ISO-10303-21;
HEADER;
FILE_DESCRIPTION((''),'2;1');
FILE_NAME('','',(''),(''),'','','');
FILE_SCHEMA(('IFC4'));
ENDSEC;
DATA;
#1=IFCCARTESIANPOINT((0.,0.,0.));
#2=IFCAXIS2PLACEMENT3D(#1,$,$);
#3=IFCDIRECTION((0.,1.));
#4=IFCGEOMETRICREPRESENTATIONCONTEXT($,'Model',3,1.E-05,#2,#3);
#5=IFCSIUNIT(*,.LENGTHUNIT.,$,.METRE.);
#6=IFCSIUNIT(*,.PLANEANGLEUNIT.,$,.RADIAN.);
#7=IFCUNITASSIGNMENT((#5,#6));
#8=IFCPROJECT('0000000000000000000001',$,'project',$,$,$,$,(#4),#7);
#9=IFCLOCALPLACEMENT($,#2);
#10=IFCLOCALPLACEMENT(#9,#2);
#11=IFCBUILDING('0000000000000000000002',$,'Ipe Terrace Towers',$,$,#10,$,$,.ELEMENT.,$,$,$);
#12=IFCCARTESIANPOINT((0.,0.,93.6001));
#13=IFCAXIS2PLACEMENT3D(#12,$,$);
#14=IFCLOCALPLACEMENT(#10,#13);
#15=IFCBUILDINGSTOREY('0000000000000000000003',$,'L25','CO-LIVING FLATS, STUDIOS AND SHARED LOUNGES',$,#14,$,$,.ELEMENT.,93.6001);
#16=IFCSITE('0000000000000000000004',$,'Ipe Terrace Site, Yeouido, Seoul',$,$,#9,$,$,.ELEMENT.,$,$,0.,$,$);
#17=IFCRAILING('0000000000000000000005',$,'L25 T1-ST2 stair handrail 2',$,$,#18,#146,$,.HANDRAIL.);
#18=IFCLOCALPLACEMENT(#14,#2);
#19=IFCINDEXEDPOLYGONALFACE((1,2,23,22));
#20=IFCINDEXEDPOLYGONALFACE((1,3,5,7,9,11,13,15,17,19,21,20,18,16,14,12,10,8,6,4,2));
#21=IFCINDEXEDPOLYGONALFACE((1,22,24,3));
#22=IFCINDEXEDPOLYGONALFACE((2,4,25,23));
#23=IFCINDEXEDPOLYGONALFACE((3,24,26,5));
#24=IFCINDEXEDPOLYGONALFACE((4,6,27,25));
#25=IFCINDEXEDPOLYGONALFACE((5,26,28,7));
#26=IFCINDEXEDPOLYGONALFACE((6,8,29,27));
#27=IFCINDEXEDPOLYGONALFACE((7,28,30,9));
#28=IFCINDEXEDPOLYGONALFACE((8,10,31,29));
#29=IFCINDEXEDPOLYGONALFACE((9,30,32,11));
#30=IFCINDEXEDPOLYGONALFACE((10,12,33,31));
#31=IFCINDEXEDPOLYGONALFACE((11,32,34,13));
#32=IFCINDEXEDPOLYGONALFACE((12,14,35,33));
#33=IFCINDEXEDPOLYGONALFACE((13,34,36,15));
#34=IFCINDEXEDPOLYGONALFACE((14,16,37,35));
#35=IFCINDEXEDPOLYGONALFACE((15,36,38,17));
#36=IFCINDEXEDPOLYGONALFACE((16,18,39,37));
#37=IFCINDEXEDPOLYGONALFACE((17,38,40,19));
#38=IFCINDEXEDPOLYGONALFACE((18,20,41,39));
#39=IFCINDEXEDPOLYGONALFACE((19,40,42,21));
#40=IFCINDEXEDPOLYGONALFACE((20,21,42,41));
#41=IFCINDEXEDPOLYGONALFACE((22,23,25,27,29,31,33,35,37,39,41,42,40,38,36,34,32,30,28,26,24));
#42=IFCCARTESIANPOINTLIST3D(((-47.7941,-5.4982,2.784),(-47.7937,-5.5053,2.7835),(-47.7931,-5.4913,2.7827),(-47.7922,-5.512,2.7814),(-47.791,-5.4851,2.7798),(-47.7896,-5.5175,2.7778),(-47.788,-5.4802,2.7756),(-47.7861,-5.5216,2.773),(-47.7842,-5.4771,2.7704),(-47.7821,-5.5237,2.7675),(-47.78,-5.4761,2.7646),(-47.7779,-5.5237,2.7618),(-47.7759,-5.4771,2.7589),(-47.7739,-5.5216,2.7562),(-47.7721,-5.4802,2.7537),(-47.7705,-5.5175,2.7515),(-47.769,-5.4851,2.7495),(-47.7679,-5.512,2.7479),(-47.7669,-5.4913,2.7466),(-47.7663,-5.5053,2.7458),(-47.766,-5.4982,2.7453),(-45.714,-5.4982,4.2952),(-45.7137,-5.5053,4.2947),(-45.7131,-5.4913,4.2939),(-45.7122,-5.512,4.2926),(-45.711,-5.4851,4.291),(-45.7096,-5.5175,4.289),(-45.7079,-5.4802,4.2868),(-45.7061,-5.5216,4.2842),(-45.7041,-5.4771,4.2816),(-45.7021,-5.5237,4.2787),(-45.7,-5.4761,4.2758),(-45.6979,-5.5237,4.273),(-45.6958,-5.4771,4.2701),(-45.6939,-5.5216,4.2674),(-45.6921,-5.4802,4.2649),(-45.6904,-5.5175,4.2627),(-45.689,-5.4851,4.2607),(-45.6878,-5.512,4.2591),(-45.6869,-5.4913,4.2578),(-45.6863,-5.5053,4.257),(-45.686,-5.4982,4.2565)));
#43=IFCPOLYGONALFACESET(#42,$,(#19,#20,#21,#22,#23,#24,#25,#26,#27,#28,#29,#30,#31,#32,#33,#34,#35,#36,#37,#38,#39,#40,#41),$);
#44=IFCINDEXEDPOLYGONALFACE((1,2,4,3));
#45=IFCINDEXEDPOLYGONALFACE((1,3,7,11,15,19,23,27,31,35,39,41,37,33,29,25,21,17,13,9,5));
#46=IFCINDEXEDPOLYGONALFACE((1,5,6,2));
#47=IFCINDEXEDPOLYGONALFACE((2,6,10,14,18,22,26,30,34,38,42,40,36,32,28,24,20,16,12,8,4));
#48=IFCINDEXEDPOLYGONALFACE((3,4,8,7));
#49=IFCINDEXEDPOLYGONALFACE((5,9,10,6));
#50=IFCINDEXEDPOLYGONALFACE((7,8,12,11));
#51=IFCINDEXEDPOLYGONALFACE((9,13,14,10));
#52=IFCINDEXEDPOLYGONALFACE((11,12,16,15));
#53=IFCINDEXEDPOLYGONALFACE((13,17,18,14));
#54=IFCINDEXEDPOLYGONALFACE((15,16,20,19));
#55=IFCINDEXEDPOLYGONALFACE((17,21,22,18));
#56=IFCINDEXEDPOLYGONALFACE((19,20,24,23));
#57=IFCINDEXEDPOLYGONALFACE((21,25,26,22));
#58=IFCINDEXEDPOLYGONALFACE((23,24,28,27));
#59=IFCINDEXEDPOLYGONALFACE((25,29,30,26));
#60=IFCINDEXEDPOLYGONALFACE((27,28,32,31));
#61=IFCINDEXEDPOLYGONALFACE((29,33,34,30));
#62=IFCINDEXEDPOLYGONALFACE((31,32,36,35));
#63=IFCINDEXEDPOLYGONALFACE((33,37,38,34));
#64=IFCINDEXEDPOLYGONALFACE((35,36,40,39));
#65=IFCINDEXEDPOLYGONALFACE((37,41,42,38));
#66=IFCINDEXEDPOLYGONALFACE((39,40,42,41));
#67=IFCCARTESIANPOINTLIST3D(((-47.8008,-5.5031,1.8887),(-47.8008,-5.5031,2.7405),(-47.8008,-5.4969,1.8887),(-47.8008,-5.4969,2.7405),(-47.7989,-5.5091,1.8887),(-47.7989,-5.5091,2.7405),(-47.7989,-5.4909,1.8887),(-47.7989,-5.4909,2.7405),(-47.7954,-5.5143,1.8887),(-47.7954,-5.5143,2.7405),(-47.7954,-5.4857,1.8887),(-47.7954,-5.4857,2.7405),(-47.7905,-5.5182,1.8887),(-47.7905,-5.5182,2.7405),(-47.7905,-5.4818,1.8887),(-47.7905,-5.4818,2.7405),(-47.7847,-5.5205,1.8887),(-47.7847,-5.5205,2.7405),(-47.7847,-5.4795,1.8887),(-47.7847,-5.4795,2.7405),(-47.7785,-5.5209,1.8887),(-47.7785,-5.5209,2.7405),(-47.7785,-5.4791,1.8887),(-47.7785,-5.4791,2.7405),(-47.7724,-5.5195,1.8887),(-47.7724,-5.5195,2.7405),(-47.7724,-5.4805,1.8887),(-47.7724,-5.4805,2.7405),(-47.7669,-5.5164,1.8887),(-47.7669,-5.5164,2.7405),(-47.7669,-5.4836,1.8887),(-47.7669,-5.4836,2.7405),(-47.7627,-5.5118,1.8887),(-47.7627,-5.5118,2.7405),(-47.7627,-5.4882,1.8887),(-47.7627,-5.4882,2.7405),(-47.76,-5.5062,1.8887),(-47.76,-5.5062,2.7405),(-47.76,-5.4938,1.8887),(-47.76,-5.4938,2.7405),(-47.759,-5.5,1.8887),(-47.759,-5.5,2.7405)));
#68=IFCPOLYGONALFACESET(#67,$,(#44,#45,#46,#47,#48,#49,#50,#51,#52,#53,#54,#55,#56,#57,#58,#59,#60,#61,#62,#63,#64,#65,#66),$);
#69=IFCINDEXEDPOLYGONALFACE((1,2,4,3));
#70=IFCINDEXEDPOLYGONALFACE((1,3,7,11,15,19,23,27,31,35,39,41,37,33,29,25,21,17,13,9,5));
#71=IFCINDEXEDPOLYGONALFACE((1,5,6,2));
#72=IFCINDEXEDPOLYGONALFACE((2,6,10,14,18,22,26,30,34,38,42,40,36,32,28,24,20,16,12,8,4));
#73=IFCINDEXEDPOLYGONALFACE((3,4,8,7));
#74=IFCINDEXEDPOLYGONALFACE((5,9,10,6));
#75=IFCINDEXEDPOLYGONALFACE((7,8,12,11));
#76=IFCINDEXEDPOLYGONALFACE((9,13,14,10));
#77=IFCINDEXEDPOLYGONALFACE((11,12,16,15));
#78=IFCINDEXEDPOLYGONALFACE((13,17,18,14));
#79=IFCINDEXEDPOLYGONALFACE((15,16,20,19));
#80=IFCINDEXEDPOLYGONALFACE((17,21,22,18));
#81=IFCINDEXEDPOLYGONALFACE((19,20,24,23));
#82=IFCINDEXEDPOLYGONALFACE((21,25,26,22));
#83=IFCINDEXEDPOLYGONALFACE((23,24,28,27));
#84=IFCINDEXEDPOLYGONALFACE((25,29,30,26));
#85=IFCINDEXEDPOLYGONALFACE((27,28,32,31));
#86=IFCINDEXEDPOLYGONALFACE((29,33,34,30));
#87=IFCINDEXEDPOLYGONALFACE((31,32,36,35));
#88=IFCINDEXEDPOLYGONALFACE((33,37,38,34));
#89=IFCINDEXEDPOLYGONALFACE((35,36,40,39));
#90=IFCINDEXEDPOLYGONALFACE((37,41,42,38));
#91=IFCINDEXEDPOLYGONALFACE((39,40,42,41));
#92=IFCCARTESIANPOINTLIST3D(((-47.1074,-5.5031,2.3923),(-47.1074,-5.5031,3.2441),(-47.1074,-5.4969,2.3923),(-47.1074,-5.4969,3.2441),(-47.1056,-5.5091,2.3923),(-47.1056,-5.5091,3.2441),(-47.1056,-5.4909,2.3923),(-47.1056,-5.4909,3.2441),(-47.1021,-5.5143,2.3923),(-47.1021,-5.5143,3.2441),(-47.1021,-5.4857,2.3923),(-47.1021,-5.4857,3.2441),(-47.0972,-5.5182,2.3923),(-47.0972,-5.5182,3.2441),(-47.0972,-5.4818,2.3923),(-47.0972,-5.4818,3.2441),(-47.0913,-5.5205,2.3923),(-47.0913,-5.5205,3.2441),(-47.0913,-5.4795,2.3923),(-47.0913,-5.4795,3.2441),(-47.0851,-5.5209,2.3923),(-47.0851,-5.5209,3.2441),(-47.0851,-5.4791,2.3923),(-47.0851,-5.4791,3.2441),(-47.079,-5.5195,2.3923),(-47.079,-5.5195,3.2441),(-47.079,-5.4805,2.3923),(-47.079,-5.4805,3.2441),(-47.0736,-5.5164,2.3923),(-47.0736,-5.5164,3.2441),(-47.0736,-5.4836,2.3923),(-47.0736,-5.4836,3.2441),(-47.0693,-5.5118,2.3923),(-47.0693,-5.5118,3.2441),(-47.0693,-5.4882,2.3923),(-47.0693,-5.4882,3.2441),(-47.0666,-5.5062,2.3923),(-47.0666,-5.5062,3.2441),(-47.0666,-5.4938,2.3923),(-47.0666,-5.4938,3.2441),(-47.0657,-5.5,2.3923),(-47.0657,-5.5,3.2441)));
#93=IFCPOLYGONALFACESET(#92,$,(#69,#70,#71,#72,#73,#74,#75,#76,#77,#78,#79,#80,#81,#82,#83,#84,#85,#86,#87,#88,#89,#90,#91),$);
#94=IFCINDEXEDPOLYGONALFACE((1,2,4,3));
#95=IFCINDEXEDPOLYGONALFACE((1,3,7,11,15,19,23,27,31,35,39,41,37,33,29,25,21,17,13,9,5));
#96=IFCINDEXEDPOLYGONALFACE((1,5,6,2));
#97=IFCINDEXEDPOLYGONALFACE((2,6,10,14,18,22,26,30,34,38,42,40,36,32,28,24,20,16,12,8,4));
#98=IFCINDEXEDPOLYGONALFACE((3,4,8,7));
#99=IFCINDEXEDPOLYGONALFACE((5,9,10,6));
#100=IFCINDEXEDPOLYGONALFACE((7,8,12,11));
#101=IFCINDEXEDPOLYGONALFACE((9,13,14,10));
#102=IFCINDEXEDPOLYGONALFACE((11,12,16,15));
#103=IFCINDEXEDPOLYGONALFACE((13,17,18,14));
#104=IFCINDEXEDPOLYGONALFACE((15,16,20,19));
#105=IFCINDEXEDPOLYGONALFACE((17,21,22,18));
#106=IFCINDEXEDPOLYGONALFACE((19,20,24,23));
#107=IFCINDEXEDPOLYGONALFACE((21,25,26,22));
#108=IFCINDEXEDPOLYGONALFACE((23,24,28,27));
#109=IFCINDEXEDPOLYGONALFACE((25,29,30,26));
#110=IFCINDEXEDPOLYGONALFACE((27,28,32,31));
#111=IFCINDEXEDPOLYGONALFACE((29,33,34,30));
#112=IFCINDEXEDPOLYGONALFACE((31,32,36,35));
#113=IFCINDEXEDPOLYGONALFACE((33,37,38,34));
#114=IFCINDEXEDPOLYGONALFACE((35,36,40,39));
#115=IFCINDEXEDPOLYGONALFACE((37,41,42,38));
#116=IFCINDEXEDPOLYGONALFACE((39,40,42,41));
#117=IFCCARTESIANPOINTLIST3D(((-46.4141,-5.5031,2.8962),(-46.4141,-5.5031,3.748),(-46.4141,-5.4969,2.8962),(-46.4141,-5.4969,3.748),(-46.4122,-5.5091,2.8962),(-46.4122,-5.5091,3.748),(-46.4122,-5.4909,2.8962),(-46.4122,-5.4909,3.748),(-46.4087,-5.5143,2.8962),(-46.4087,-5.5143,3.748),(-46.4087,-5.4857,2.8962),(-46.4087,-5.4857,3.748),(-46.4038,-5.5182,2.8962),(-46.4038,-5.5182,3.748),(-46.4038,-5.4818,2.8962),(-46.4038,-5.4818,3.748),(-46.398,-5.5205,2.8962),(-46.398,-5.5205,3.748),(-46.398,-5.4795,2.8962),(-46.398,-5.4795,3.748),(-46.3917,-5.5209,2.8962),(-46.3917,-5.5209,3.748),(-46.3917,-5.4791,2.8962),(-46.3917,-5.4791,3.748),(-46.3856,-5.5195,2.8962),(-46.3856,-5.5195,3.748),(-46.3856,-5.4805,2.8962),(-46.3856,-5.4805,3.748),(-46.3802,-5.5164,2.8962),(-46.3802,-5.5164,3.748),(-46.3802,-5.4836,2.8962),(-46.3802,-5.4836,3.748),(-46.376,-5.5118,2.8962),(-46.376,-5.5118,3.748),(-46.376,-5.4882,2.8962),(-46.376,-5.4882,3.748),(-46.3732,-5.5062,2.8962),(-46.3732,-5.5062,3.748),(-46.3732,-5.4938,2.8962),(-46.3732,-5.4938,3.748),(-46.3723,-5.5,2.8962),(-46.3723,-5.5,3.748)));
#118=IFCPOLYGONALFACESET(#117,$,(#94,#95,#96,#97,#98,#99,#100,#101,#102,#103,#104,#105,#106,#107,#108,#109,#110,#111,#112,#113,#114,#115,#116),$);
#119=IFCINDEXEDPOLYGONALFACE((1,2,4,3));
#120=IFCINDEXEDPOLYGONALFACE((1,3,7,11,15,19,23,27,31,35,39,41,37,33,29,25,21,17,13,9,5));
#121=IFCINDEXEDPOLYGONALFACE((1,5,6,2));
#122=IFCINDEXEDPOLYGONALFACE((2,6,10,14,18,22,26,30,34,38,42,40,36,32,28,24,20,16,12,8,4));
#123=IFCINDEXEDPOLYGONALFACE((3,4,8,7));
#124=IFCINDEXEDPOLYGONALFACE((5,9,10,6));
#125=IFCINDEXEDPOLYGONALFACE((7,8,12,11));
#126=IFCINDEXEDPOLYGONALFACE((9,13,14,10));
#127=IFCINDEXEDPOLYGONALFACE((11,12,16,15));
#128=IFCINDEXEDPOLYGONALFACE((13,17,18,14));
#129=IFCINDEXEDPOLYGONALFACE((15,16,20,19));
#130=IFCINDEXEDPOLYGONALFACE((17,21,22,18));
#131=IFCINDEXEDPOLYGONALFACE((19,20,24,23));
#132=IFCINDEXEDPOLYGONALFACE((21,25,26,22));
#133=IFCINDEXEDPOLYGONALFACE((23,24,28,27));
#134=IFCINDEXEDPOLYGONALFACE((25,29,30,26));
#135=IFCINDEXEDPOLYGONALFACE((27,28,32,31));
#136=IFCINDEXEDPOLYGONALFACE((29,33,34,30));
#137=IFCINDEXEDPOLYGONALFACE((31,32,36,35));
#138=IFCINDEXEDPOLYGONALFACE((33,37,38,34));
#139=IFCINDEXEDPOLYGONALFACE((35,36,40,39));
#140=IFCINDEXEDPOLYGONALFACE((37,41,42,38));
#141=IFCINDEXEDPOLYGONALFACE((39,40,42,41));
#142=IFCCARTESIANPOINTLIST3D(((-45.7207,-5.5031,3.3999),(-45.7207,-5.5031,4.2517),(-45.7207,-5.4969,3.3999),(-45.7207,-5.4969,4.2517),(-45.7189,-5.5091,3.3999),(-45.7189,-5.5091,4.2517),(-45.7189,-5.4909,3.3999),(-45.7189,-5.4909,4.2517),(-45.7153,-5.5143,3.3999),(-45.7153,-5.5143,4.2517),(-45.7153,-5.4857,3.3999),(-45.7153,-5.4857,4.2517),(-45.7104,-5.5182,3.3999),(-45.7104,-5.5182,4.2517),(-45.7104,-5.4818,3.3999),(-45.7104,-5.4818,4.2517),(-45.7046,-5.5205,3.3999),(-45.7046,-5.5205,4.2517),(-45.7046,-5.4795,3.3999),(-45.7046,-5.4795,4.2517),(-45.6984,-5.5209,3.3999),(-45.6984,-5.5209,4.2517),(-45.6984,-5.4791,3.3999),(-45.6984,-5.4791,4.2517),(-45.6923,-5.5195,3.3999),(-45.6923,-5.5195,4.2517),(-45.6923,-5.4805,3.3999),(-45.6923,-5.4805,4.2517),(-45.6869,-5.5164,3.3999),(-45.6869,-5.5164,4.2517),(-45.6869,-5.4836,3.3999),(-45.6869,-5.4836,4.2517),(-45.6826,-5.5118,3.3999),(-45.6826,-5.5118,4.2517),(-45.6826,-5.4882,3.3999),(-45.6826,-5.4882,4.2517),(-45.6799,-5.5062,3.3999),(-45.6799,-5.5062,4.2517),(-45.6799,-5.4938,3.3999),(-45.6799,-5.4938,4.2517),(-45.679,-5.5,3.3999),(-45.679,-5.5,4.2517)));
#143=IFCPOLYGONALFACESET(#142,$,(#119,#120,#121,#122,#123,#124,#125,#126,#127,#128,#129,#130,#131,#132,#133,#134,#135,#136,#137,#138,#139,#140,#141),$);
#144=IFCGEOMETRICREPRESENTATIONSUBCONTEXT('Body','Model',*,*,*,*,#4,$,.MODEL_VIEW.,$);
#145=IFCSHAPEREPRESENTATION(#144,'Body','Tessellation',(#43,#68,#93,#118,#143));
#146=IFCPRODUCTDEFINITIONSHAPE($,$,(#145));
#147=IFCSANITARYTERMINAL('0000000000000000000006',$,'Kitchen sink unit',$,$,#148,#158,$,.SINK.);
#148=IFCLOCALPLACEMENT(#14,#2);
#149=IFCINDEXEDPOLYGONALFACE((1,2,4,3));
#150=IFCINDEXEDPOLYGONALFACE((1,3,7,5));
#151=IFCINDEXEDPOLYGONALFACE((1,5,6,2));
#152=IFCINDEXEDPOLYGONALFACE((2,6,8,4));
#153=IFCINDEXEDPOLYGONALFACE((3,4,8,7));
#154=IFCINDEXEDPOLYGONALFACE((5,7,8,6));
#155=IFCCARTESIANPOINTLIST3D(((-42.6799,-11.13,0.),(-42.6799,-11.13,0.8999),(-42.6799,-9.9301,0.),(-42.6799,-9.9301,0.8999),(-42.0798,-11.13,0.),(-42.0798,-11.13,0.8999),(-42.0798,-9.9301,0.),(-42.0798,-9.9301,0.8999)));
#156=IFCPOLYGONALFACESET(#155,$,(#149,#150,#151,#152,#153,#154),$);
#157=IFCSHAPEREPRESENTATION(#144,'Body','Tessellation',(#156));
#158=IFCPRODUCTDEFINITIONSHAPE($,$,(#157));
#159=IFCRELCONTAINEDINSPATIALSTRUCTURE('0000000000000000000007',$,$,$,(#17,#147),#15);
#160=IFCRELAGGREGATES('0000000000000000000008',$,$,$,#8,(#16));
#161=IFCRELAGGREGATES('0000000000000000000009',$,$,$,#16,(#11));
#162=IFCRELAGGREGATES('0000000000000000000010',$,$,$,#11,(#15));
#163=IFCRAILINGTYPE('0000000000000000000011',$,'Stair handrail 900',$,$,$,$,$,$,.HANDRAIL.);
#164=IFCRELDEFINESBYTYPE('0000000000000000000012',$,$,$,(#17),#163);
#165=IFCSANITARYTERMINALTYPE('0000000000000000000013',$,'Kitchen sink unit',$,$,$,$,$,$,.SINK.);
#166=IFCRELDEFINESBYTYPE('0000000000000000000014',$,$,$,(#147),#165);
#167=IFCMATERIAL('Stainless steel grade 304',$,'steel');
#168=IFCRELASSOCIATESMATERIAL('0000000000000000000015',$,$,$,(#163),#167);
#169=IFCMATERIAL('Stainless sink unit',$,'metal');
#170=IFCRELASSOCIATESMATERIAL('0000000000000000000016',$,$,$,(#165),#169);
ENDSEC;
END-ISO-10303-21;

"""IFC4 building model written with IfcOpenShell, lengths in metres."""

from ifc_helpers import new_model, si_unit, direction, frame, origin, origin_2d, place, context, subcontext, project, spatial, rectangle, circle, extrude, material, type_object, element, save


model = new_model("IFC4")

# Units and contexts
model_context = context("Model", 3, precision=1e-05, world=origin(), true_north=direction((0.0, 1.0)))
body_context = subcontext(model_context, "Body", "Model", "MODEL_VIEW")
ifc_project = project(units=[si_unit("LENGTHUNIT", "METRE"), si_unit("PLANEANGLEUNIT", "RADIAN")], contexts=[model_context])

# Site, building, storey
site_placement = place(None, origin())
site = spatial("IfcSite", under=ifc_project, at=site_placement, Name="Ipe Terrace Site, Yeouido, Seoul", CompositionType="ELEMENT", RefElevation=0.0)
building_placement = place(site_placement, origin())
building = spatial("IfcBuilding", under=site, at=building_placement, Name="Ipe Terrace Towers", CompositionType="ELEMENT")
storey_placement = place(building_placement, frame((0.0, 0.0, 93.6001)))
storey = spatial("IfcBuildingStorey", under=building, at=storey_placement, Name="L25", Description="CO-LIVING FLATS, STUDIOS AND SHARED LOUNGES", CompositionType="ELEMENT", Elevation=93.6001)

# Railing
ifc_material_1 = material(Name="Stainless steel grade 304", Category="steel")
railing_type_1 = type_object("IfcRailingType", Name="Stair handrail 900", PredefinedType="HANDRAIL", material=ifc_material_1)
railing_1_placement = place(storey_placement, frame((-47.78, -5.5, 1.8887)))
element("IfcRailing", 1, at=railing_1_placement, inside=storey, type_object=railing_type_1, Name="L25 T1-ST2 stair handrail 2", PredefinedType="HANDRAIL", context=body_context, shape_type="SweptSolid", body=[
    extrude(circle(Radius=0.0239, at=origin_2d()), frame((0.0, 0.0, 0.876), z_axis=(0.809023, 0.0, 0.587776), x_axis=(0.0, 1.0, 0.0)), (0.0, 0.0, 1.0), 2.571),
    extrude(circle(Radius=0.021, at=origin_2d()), origin(), (0.0, 0.0, 1.0), 0.8518),
    extrude(circle(Radius=0.021, at=origin_2d()), frame((0.6934, 0.0, 0.5037)), (0.0, 0.0, 1.0), 0.8518),
    extrude(circle(Radius=0.021, at=origin_2d()), frame((1.3867, 0.0, 1.0076)), (0.0, 0.0, 1.0), 0.8518),
    extrude(circle(Radius=0.021, at=origin_2d()), frame((2.0801, 0.0, 1.5112)), (0.0, 0.0, 1.0), 0.8518),
])

# Sanitary terminal
ifc_material_2 = material(Name="Stainless sink unit", Category="metal")
sanitary_terminal_type = type_object("IfcSanitaryTerminalType", Name="Kitchen sink unit", PredefinedType="SINK", material=ifc_material_2)
sanitary_terminal_placement = place(storey_placement, frame((-42.3799, -10.53, 0.0), z_axis=(0.0, 0.0, 1.0), x_axis=(0.0, 1.0, 0.0)))
element("IfcSanitaryTerminal", 2, at=sanitary_terminal_placement, inside=storey, type_object=sanitary_terminal_type, Name="Kitchen sink unit", PredefinedType="SINK", context=body_context, shape_type="SweptSolid", body=[
    extrude(rectangle(XDim=1.2, YDim=0.6001, at=origin_2d()), origin(), (0.0, 0.0, 1.0), 0.8999),
])

save(model, "model.ifc")
